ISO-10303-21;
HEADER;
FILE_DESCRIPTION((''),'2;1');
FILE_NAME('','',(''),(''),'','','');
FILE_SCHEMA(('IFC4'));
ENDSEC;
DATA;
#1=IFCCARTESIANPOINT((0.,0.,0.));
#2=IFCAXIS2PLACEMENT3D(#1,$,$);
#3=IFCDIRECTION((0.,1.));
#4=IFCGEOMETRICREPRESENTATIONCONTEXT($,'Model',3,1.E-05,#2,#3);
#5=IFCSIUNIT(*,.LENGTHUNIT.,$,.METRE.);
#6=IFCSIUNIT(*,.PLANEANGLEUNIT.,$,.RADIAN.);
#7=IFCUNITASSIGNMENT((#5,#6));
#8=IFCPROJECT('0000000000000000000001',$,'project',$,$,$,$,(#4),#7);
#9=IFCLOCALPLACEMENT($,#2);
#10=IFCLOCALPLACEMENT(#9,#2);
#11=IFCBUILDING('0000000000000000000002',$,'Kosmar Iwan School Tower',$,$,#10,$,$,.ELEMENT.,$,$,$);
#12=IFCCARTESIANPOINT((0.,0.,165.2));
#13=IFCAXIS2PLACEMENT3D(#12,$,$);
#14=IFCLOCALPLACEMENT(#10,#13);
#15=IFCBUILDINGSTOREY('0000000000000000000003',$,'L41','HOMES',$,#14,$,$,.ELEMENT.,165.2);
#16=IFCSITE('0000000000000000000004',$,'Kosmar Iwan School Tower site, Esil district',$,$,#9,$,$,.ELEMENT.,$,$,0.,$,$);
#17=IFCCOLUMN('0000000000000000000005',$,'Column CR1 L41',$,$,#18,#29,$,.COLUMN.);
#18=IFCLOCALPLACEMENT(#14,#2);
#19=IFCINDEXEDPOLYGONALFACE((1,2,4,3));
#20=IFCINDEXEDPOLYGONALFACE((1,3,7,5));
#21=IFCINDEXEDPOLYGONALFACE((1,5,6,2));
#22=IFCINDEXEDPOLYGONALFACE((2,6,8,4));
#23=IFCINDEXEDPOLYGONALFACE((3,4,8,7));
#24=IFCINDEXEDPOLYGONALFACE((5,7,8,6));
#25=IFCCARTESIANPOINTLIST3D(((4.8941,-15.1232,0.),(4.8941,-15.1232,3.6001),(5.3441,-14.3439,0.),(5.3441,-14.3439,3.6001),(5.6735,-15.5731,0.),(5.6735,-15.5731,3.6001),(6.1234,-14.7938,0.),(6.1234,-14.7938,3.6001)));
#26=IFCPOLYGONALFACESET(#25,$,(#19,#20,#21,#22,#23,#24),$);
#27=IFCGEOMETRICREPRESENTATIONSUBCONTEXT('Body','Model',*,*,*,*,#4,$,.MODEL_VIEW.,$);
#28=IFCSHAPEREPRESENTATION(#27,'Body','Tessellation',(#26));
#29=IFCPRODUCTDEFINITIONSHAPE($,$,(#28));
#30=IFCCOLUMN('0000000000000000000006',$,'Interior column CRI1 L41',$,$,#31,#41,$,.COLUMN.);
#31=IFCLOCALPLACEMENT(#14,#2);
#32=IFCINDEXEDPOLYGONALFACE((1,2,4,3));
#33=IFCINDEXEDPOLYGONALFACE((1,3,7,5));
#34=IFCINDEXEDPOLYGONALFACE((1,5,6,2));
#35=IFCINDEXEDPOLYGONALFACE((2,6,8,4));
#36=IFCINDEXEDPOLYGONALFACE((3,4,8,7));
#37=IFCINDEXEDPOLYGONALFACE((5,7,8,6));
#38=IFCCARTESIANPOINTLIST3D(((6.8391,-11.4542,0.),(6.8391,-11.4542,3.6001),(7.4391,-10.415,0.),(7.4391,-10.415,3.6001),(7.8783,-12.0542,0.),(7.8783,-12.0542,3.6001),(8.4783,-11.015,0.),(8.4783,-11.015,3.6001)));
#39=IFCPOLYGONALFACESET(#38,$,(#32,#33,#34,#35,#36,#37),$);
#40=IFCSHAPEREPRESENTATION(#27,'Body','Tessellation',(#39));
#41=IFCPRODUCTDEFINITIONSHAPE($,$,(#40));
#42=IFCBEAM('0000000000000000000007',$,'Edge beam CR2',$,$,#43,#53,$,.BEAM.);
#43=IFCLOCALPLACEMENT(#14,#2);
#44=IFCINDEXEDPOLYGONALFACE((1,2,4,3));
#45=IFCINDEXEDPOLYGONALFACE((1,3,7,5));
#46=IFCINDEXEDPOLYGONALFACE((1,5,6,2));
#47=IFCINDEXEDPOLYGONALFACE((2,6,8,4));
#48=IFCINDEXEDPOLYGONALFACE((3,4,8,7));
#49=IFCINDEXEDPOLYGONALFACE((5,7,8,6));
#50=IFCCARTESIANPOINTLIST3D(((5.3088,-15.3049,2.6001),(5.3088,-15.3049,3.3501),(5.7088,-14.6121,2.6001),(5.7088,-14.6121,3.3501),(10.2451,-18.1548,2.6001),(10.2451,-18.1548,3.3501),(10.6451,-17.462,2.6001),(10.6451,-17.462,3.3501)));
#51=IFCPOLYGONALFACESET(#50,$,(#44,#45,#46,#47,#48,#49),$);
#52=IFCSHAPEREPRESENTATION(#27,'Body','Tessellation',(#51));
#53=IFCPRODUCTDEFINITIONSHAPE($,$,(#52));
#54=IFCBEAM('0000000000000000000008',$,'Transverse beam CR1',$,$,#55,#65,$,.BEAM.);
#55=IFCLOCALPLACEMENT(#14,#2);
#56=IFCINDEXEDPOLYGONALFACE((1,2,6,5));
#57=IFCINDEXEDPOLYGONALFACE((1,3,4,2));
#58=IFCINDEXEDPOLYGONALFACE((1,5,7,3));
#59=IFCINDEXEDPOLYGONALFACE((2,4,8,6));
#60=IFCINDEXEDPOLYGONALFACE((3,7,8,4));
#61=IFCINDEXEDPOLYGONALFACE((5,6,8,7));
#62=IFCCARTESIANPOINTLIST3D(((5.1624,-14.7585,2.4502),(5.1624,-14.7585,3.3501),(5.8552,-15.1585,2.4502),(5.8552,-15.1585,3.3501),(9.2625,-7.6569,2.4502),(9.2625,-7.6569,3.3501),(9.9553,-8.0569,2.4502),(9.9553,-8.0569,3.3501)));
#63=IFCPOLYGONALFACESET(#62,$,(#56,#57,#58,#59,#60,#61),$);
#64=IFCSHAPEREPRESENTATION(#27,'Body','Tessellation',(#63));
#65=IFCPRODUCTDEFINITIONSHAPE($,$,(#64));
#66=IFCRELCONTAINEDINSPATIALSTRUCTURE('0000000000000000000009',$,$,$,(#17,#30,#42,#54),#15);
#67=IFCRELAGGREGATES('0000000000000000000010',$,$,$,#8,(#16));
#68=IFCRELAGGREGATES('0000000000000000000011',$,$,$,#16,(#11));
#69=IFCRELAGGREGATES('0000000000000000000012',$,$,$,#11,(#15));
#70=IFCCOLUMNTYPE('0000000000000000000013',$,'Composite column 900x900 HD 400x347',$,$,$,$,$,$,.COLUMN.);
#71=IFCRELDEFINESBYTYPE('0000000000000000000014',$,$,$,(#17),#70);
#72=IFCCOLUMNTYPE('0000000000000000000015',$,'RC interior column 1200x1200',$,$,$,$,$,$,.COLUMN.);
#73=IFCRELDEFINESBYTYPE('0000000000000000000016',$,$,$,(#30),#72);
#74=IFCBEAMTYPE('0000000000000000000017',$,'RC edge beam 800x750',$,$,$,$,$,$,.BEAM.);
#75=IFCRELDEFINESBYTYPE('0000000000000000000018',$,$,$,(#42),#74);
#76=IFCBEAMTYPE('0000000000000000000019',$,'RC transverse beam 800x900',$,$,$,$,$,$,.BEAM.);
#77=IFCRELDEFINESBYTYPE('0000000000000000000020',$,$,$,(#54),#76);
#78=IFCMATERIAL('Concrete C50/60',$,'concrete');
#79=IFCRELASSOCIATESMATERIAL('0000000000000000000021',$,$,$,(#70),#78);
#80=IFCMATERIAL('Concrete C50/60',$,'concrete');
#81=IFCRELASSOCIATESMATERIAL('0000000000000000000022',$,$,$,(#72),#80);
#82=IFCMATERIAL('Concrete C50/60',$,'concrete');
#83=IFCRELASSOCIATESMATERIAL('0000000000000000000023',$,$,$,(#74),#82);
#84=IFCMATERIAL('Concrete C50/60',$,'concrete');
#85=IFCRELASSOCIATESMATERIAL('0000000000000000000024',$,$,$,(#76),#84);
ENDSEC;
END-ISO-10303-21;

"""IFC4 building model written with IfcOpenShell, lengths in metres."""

from ifc_helpers import new_model, si_unit, direction, frame, origin, origin_2d, place, context, subcontext, project, spatial, rectangle, extrude, material, material_profile, profile_set, type_object, element, save


model = new_model("IFC4")

# Units and contexts
model_context = context("Model", 3, precision=1e-05, world=origin(), true_north=direction((0.0, 1.0)))
body_context = subcontext(model_context, "Body", "Model", "MODEL_VIEW")
ifc_project = project(units=[si_unit("LENGTHUNIT", "METRE"), si_unit("PLANEANGLEUNIT", "RADIAN")], contexts=[model_context])

# Site, building, storey
site_placement = place(None, origin())
site = spatial("IfcSite", under=ifc_project, at=site_placement, Name="Kosmar Iwan School Tower site, Esil district", CompositionType="ELEMENT", RefElevation=0.0)
building_placement = place(site_placement, origin())
building = spatial("IfcBuilding", under=site, at=building_placement, Name="Kosmar Iwan School Tower", CompositionType="ELEMENT")
storey_placement = place(building_placement, frame((0.0, 0.0, 165.2)))
storey = spatial("IfcBuildingStorey", under=building, at=storey_placement, Name="L41", Description="HOMES", CompositionType="ELEMENT", Elevation=165.2)

# Columns
ifc_material_1 = material(Name="Concrete C50/60", Category="concrete")
ifc_material_profile_1 = material_profile(ifc_material_1, rectangle(XDim=0.8999, YDim=0.8999, at=origin_2d()), Name="RC 900x900 + HD 400x347")
ifc_profile_set_1 = profile_set([ifc_material_profile_1], Name="Concrete C50/60")
column_type_1 = type_object("IfcColumnType", Name="Composite column 900x900 HD 400x347", PredefinedType="COLUMN", material=ifc_profile_set_1)
column_1_placement = place(storey_placement, frame((5.5088, -14.9585, 0.0), z_axis=(0.0, 0.0, 1.0), x_axis=(0.866025, -0.5, 0.0)))
element("IfcColumn", 1, at=column_1_placement, inside=storey, type_object=column_type_1, Name="Column CR1 L41", PredefinedType="COLUMN", context=body_context, shape_type="SweptSolid", body=[
    extrude(rectangle(XDim=0.8999, YDim=0.8999, at=origin_2d()), origin(), (0.0, 0.0, 1.0), 3.6001),
])
ifc_material_2 = material(Name="Concrete C50/60", Category="concrete")
ifc_material_profile_2 = material_profile(ifc_material_2, rectangle(XDim=1.2, YDim=1.2, at=origin_2d()), Name="RC 1200x1200")
ifc_profile_set_2 = profile_set([ifc_material_profile_2], Name="Concrete C50/60")
column_type_2 = type_object("IfcColumnType", Name="RC interior column 1200x1200", PredefinedType="COLUMN", material=ifc_profile_set_2)
column_2_placement = place(storey_placement, frame((7.6587, -11.2346, 0.0), z_axis=(0.0, 0.0, 1.0), x_axis=(0.866025, -0.5, 0.0)))
element("IfcColumn", 2, at=column_2_placement, inside=storey, type_object=column_type_2, Name="Interior column CRI1 L41", PredefinedType="COLUMN", context=body_context, shape_type="SweptSolid", body=[
    extrude(rectangle(XDim=1.2, YDim=1.2, at=origin_2d()), origin(), (0.0, 0.0, 1.0), 3.6001),
])

# Beams
ifc_material_3 = material(Name="Concrete C50/60", Category="concrete")
ifc_material_profile_3 = material_profile(ifc_material_3, rectangle(XDim=0.8, YDim=0.75, at=origin_2d()), Name="RC 800x750")
ifc_profile_set_3 = profile_set([ifc_material_profile_3], Name="Concrete C50/60")
beam_type_1 = type_object("IfcBeamType", Name="RC edge beam 800x750", PredefinedType="BEAM", material=ifc_profile_set_3)
beam_1_placement = place(storey_placement, frame((5.5088, -14.9585, 2.9751), z_axis=(0.866034, -0.499986, 0.0), x_axis=(0.499986, 0.866034, 0.0)))
element("IfcBeam", 3, at=beam_1_placement, inside=storey, type_object=beam_type_1, Name="Edge beam CR2", PredefinedType="BEAM", context=body_context, shape_type="SweptSolid", body=[
    extrude(rectangle(XDim=0.8, YDim=0.75, at=origin_2d()), origin(), (0.0, 0.0, 1.0), 5.7),
])
ifc_material_4 = material(Name="Concrete C50/60", Category="concrete")
ifc_material_profile_4 = material_profile(ifc_material_4, rectangle(XDim=0.8, YDim=0.8999, at=origin_2d()), Name="RC 800x900")
ifc_profile_set_4 = profile_set([ifc_material_profile_4], Name="Concrete C50/60")
beam_type_2 = type_object("IfcBeamType", Name="RC transverse beam 800x900", PredefinedType="BEAM", material=ifc_profile_set_4)
beam_2_placement = place(storey_placement, frame((5.5088, -14.9585, 2.9001), z_axis=(0.500001, 0.866025, 0.0), x_axis=(-0.866025, 0.500001, 0.0)))
element("IfcBeam", 4, at=beam_2_placement, inside=storey, type_object=beam_type_2, Name="Transverse beam CR1", PredefinedType="BEAM", context=body_context, shape_type="SweptSolid", body=[
    extrude(rectangle(XDim=0.8, YDim=0.8999, at=origin_2d()), origin(), (0.0, 0.0, 1.0), 8.2002),
])

save(model, "model.ifc")
